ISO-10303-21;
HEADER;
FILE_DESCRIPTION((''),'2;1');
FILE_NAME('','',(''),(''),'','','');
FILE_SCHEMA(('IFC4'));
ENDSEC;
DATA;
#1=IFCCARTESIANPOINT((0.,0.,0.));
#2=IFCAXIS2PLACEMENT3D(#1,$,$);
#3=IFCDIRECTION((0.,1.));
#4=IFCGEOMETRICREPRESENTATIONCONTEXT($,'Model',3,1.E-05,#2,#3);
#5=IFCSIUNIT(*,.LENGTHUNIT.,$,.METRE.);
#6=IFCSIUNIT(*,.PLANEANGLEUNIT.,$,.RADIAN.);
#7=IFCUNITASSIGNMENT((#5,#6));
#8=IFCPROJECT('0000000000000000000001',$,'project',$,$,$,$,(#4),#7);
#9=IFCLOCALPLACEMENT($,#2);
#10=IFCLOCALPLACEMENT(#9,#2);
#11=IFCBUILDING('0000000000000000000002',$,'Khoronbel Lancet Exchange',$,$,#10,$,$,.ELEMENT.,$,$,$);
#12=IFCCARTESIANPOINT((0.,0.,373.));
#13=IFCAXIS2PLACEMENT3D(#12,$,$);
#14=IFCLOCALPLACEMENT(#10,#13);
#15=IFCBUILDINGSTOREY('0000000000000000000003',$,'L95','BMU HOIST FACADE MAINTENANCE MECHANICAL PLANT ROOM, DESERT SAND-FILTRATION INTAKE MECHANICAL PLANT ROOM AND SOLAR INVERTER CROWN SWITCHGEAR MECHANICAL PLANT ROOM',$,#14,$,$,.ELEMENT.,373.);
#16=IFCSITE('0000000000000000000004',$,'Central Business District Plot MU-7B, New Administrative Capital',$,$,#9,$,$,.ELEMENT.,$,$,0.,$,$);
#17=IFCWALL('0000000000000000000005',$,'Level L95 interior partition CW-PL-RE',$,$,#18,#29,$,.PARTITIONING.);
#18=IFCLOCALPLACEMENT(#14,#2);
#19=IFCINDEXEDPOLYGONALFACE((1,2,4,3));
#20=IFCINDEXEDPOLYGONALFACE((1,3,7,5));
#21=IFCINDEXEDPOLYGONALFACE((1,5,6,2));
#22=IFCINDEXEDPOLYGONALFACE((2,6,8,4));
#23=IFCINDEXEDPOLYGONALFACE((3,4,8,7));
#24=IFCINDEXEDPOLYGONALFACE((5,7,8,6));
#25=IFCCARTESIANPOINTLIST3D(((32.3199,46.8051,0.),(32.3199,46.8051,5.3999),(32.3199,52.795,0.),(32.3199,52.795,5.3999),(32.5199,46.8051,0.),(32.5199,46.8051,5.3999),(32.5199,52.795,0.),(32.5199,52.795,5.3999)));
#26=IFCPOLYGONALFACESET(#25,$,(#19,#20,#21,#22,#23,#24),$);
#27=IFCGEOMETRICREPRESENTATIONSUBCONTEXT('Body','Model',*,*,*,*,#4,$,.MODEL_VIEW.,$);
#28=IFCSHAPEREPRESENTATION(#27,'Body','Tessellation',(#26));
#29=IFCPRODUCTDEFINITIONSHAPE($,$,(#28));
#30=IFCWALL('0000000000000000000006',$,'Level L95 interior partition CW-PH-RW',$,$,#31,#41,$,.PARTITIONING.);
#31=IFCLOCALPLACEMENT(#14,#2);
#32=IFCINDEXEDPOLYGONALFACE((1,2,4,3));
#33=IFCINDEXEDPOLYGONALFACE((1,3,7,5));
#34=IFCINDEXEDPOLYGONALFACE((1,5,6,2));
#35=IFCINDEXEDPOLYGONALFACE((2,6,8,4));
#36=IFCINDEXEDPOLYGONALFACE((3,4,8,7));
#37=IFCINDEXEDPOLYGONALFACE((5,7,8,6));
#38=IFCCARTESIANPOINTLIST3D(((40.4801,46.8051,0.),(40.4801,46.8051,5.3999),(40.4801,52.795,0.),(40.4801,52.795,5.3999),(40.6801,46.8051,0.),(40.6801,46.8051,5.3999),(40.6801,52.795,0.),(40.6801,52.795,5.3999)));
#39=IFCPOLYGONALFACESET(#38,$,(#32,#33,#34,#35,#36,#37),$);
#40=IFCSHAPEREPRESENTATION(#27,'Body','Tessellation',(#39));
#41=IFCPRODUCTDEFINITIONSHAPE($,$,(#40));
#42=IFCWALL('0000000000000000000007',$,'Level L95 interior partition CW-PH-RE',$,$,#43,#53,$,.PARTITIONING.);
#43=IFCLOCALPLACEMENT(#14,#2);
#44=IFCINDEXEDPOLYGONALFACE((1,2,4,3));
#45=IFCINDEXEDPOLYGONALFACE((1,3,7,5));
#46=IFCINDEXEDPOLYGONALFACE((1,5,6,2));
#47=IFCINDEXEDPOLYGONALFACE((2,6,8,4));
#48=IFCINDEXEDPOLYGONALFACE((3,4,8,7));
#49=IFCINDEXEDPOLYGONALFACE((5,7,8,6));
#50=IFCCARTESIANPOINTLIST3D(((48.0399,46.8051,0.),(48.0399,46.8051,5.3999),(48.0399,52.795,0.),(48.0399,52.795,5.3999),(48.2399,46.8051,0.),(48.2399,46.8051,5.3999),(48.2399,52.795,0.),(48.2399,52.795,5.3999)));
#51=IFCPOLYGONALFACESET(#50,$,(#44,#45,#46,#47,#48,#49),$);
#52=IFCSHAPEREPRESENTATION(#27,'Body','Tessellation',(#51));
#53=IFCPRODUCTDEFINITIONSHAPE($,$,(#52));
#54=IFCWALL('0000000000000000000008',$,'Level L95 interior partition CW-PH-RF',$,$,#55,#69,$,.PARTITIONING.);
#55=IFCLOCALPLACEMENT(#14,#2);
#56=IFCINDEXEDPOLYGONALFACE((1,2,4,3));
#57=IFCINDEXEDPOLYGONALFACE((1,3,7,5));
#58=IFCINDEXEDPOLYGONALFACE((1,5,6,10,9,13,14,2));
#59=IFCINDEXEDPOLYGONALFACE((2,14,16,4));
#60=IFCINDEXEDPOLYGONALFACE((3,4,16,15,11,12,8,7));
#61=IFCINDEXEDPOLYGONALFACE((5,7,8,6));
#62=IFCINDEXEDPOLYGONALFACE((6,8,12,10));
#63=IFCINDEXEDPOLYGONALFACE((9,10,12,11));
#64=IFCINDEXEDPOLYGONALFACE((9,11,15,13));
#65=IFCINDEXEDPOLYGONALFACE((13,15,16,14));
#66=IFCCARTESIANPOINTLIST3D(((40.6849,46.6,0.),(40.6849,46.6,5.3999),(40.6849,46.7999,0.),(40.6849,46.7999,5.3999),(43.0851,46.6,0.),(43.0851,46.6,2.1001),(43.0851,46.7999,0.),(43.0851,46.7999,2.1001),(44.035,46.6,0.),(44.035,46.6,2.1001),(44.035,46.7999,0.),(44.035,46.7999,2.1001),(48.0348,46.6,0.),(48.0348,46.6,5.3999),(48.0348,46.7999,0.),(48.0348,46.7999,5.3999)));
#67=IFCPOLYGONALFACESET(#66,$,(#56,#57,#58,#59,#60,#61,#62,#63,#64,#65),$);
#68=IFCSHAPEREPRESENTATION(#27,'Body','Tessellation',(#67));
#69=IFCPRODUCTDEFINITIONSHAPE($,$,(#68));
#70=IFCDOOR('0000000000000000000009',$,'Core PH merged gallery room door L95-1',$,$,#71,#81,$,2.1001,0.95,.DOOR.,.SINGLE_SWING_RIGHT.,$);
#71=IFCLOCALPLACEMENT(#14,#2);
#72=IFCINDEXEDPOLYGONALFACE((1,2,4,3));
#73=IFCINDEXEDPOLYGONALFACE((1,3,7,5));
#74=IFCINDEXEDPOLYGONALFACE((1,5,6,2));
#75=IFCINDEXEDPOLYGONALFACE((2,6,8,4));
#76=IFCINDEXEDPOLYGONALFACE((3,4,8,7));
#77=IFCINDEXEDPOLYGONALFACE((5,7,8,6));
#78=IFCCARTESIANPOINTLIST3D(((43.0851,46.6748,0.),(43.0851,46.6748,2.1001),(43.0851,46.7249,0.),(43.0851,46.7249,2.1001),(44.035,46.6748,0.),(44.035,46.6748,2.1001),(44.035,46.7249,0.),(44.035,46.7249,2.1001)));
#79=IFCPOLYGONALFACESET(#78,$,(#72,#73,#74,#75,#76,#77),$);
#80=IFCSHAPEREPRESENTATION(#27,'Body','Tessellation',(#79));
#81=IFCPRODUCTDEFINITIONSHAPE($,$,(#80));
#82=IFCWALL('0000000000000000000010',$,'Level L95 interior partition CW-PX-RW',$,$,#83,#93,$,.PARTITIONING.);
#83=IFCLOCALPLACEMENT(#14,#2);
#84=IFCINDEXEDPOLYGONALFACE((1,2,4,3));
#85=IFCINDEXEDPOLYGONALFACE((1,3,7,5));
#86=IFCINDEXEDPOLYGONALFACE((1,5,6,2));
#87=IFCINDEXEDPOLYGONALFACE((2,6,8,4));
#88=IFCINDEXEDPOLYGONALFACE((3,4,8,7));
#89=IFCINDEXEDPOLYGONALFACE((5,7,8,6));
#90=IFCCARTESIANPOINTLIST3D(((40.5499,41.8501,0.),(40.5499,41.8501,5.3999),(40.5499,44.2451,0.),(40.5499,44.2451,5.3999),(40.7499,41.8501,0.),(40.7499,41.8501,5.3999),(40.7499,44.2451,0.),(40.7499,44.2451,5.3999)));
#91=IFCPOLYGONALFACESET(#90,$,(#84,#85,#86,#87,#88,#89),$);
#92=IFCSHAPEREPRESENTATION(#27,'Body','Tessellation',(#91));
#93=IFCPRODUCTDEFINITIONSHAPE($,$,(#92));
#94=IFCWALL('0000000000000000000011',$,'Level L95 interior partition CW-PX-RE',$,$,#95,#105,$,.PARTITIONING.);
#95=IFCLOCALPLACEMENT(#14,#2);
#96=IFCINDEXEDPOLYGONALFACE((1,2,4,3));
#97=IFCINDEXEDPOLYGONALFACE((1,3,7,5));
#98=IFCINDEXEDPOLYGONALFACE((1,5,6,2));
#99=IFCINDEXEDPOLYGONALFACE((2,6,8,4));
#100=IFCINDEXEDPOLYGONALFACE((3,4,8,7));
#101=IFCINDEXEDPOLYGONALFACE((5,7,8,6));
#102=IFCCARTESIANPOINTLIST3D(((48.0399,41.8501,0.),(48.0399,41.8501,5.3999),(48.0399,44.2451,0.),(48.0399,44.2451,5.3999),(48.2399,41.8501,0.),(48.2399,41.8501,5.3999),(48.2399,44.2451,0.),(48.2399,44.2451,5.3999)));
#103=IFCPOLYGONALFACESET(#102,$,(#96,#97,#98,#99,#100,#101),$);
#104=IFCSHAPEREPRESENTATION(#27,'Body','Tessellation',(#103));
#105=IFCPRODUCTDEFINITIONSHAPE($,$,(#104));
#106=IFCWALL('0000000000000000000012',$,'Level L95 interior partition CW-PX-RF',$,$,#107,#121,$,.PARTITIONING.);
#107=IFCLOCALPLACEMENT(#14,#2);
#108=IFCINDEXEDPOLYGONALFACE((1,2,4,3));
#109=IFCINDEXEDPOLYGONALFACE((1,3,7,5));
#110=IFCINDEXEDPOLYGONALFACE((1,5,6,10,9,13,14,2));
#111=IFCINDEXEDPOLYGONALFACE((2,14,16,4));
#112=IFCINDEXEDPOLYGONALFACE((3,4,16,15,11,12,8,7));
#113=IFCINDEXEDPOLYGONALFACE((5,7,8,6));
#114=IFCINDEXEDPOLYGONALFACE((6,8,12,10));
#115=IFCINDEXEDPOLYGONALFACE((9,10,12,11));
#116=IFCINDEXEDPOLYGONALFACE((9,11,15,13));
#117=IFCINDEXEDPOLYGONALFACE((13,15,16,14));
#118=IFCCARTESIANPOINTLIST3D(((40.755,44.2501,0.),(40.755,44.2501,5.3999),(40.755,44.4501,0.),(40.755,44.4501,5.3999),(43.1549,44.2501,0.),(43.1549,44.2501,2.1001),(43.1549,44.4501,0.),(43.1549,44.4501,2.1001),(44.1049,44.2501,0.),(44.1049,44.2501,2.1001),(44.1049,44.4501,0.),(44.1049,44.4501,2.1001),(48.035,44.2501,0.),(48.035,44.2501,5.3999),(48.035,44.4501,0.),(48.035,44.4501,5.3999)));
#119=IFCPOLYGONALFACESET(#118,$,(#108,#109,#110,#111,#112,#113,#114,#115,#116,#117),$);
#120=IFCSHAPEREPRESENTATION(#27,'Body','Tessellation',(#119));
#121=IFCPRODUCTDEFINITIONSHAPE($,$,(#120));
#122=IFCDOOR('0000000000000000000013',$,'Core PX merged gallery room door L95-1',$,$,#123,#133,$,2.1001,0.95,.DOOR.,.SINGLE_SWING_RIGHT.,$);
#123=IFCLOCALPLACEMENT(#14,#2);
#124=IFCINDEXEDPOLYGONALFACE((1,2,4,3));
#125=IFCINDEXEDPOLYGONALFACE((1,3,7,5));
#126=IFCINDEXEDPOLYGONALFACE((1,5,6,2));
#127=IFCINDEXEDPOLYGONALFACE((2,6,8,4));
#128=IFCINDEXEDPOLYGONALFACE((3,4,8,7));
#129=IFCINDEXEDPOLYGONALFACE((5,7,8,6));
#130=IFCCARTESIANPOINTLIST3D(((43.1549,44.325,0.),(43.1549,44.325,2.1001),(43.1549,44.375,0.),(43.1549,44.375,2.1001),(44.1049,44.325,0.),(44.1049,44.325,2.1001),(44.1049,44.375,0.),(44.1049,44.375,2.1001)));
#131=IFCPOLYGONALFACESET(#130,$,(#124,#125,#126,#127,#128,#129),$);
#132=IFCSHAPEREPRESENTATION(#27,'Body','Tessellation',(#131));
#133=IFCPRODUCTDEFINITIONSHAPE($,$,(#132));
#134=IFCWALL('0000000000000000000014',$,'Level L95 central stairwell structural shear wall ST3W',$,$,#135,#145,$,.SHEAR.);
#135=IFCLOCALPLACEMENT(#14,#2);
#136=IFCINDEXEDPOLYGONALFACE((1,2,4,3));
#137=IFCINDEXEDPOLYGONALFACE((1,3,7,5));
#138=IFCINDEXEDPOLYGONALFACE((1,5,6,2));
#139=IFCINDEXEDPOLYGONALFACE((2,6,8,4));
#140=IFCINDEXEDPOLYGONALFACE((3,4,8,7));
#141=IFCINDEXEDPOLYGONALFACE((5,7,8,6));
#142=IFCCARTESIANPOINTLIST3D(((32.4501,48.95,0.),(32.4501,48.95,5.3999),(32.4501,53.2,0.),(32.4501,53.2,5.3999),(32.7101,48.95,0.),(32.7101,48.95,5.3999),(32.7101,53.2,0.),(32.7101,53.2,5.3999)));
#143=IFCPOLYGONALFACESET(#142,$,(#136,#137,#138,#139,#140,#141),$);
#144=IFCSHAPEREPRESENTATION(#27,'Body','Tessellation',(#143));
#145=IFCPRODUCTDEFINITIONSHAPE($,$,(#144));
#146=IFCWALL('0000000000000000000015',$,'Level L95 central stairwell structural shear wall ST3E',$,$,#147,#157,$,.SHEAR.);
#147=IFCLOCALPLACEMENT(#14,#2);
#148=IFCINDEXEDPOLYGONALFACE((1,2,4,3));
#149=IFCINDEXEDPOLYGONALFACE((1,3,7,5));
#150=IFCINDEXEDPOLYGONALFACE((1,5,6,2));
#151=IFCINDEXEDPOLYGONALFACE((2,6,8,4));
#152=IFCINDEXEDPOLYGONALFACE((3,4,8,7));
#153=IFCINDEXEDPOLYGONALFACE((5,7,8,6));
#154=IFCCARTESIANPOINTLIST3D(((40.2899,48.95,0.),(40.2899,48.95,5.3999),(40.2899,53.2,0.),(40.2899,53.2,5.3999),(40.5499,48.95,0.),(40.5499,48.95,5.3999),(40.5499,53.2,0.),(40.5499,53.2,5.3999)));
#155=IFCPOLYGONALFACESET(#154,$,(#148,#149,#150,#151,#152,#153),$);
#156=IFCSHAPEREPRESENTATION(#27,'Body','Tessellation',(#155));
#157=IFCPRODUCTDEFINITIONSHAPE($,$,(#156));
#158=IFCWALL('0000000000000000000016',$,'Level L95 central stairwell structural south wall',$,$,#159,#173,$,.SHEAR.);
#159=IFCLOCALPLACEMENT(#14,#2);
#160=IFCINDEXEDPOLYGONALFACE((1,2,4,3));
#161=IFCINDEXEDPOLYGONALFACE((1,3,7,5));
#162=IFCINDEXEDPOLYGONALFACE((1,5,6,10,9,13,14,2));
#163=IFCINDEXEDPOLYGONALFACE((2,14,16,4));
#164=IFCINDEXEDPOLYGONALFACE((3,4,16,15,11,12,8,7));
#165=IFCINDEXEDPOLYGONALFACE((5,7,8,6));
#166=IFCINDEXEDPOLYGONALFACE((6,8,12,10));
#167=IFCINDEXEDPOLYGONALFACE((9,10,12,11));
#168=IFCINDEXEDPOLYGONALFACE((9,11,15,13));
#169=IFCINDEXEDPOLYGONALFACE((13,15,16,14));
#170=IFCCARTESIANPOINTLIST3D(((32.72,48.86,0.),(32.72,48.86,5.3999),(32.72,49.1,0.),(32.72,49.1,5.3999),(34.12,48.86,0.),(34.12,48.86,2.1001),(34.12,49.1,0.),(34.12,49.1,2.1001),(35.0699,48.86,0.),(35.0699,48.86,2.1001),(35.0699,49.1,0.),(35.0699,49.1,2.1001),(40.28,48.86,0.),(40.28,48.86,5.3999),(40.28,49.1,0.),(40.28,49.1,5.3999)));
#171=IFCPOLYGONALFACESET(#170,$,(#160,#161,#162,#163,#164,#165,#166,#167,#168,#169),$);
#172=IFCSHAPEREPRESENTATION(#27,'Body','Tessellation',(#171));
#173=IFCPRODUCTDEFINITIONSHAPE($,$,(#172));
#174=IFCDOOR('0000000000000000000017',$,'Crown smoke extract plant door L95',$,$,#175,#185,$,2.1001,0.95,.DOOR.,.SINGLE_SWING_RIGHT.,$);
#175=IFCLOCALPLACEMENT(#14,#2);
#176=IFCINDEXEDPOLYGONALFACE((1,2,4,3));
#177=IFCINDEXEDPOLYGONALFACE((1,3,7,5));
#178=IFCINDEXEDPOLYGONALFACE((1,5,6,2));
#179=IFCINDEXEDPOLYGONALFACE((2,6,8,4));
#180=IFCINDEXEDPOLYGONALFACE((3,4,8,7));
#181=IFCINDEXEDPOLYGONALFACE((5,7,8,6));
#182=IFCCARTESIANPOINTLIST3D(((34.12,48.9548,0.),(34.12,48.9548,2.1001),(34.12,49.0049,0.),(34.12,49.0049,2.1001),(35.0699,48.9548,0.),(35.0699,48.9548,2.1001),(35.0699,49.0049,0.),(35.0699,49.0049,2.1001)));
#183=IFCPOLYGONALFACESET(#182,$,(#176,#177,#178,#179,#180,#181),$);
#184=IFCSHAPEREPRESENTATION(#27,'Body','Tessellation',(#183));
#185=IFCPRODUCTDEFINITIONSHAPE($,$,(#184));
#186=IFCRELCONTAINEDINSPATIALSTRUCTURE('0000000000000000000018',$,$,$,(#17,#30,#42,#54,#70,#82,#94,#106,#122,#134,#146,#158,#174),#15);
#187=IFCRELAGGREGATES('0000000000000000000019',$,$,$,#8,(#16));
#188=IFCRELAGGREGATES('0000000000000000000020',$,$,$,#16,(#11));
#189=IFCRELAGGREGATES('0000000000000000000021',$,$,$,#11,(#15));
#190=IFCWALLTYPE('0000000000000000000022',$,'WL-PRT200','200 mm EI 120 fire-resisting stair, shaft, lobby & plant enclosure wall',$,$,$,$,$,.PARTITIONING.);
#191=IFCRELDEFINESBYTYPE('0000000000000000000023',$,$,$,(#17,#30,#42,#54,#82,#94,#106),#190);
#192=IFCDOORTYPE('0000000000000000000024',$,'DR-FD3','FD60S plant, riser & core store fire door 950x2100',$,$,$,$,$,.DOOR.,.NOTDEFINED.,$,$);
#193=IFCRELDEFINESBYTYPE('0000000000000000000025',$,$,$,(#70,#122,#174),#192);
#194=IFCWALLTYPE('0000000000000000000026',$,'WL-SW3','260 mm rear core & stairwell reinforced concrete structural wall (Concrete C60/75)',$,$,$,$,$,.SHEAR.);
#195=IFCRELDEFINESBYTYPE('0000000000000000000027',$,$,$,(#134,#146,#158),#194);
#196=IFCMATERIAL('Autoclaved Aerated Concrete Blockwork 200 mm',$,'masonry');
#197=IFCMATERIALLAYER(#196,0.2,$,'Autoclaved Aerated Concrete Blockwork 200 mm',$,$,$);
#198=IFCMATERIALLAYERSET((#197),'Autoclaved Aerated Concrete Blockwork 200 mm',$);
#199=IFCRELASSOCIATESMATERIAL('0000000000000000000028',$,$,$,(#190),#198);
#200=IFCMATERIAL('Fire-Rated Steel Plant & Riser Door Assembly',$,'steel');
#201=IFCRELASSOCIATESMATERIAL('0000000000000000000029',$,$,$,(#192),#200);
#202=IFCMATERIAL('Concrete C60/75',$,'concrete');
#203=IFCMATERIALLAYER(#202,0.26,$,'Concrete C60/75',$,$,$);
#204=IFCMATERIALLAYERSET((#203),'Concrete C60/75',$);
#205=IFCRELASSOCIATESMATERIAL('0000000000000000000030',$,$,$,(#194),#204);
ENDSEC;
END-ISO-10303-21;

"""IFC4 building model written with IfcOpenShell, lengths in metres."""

from ifc_helpers import new_model, si_unit, direction, frame, frame_2d, origin, place, context, subcontext, project, spatial, rectangle, extrude, material, layer, layer_set, type_object, element, fill, save


model = new_model("IFC4")

# Units and contexts
model_context = context("Model", 3, precision=1e-05, world=origin(), true_north=direction((0.0, 1.0)))
body_context = subcontext(model_context, "Body", "Model", "MODEL_VIEW")
ifc_project = project(units=[si_unit("LENGTHUNIT", "METRE"), si_unit("PLANEANGLEUNIT", "RADIAN")], contexts=[model_context])

# Site, building, storey
site_placement = place(None, origin())
site = spatial("IfcSite", under=ifc_project, at=site_placement, Name="Central Business District Plot MU-7B, New Administrative Capital", CompositionType="ELEMENT", RefElevation=0.0)
building_placement = place(site_placement, origin())
building = spatial("IfcBuilding", under=site, at=building_placement, Name="Khoronbel Lancet Exchange", CompositionType="ELEMENT")
storey_placement = place(building_placement, frame((0.0, 0.0, 373.0)))
storey = spatial("IfcBuildingStorey", under=building, at=storey_placement, Name="L95", Description="BMU HOIST FACADE MAINTENANCE MECHANICAL PLANT ROOM, DESERT SAND-FILTRATION INTAKE MECHANICAL PLANT ROOM AND SOLAR INVERTER CROWN SWITCHGEAR MECHANICAL PLANT ROOM", CompositionType="ELEMENT", Elevation=373.0)

# Walls
ifc_material_1 = material(Name="Autoclaved Aerated Concrete Blockwork 200 mm", Category="masonry")
ifc_layer_1 = layer(ifc_material_1, 0.2, Name="Autoclaved Aerated Concrete Blockwork 200 mm")
ifc_layer_set_1 = layer_set([ifc_layer_1], Name="Autoclaved Aerated Concrete Blockwork 200 mm")
wall_type_1 = type_object("IfcWallType", Name="WL-PRT200", Description="200 mm EI 120 fire-resisting stair, shaft, lobby & plant enclosure wall", PredefinedType="PARTITIONING", material=ifc_layer_set_1)
for number, where, z_axis, x_axis, name in (
    (1, (32.4199, 46.8049, 0.0), (0.0, 0.0, 1.0), (0.0, 1.0, 0.0), "Level L95 interior partition CW-PL-RE"),
    (2, (40.5801, 46.8049, 0.0), (0.0, 0.0, 1.0), (0.0, 1.0, 0.0), "Level L95 interior partition CW-PH-RW"),
    (3, (48.1399, 46.8049, 0.0), (0.0, 0.0, 1.0), (0.0, 1.0, 0.0), "Level L95 interior partition CW-PH-RE"),
):
    element("IfcWall", number, at=place(storey_placement, frame(where, z_axis=z_axis, x_axis=x_axis)), inside=storey, type_object=wall_type_1, Name=name, PredefinedType="PARTITIONING", context=body_context, shape_type="SweptSolid", body=[
        extrude(rectangle(XDim=5.99, YDim=0.2, at=frame_2d((2.9951, 0.0))), origin(), (0.0, 0.0, 1.0), 5.3999),
    ])

# Wall, opening, door
wall_1_placement = place(storey_placement, frame((40.6851, 46.7, 0.0), z_axis=(0.0, 0.0, 1.0), x_axis=(1.0, 0.0, 0.0)))
wall_1 = element("IfcWall", 4, at=wall_1_placement, inside=storey, type_object=wall_type_1, Name="Level L95 interior partition CW-PH-RF", PredefinedType="PARTITIONING", context=body_context, shape_type="SweptSolid", body=[
    extrude(rectangle(XDim=7.3499, YDim=0.2, at=frame_2d((3.6748, 0.0))), origin(), (0.0, 0.0, 1.0), 5.3999),
])
opening_1_placement = place(wall_1_placement, frame((2.3999, 0.0, 0.0)))
opening_1 = element("IfcOpeningElement", 5, at=opening_1_placement, cuts=wall_1, PredefinedType="OPENING", context=body_context, shape_type="SweptSolid", body=[
    extrude(rectangle(XDim=0.95, YDim=2.1001, at=frame_2d((0.4751, 1.05))), frame((0.0, 0.1099, 0.0), z_axis=(0.0, -1.0, 0.0), x_axis=(1.0, 0.0, 0.0)), (0.0, 0.0, 1.0), 0.22),
])
ifc_material_2 = material(Name="Fire-Rated Steel Plant & Riser Door Assembly", Category="steel")
door_type_1 = type_object("IfcDoorType", Name="DR-FD3", Description="FD60S plant, riser & core store fire door 950x2100", OperationType="NOTDEFINED", PredefinedType="DOOR", material=ifc_material_2)
door_1_placement = place(opening_1_placement, origin())
door_1 = element("IfcDoor", 6, at=door_1_placement, inside=storey, type_object=door_type_1, Name="Core PH merged gallery room door L95-1", OperationType="SINGLE_SWING_RIGHT", OverallHeight=2.1001, OverallWidth=0.95, PredefinedType="DOOR", context=body_context, shape_type="SweptSolid", body=[
    extrude(rectangle(XDim=0.95, YDim=2.1001, at=frame_2d((0.4751, 1.05))), frame((0.0, 0.0249, 0.0), z_axis=(0.0, -1.0, 0.0), x_axis=(1.0, 0.0, 0.0)), (0.0, 0.0, 1.0), 0.05),
])
fill(opening_1, door_1)

# Walls
for number, where, z_axis, x_axis, name in (
    (7, (40.6499, 41.8501, 0.0), (0.0, 0.0, 1.0), (0.0, 1.0, 0.0), "Level L95 interior partition CW-PX-RW"),
    (8, (48.1399, 41.8501, 0.0), (0.0, 0.0, 1.0), (0.0, 1.0, 0.0), "Level L95 interior partition CW-PX-RE"),
):
    element("IfcWall", number, at=place(storey_placement, frame(where, z_axis=z_axis, x_axis=x_axis)), inside=storey, type_object=wall_type_1, Name=name, PredefinedType="PARTITIONING", context=body_context, shape_type="SweptSolid", body=[
        extrude(rectangle(XDim=2.395, YDim=0.2, at=frame_2d((1.1975, 0.0))), origin(), (0.0, 0.0, 1.0), 5.3999),
    ])

# Wall, opening, door
wall_2_placement = place(storey_placement, frame((40.7549, 44.3501, 0.0), z_axis=(0.0, 0.0, 1.0), x_axis=(1.0, 0.0, 0.0)))
wall_2 = element("IfcWall", 9, at=wall_2_placement, inside=storey, type_object=wall_type_1, Name="Level L95 interior partition CW-PX-RF", PredefinedType="PARTITIONING", context=body_context, shape_type="SweptSolid", body=[
    extrude(rectangle(XDim=7.28, YDim=0.2, at=frame_2d((3.6401, 0.0))), origin(), (0.0, 0.0, 1.0), 5.3999),
])
opening_2_placement = place(wall_2_placement, frame((2.3999, 0.0, 0.0)))
opening_2 = element("IfcOpeningElement", 10, at=opening_2_placement, cuts=wall_2, PredefinedType="OPENING", context=body_context, shape_type="SweptSolid", body=[
    extrude(rectangle(XDim=0.95, YDim=2.1001, at=frame_2d((0.4751, 1.05))), frame((0.0, 0.1099, 0.0), z_axis=(0.0, -1.0, 0.0), x_axis=(1.0, 0.0, 0.0)), (0.0, 0.0, 1.0), 0.22),
])
door_2_placement = place(opening_2_placement, origin())
door_2 = element("IfcDoor", 11, at=door_2_placement, inside=storey, type_object=door_type_1, Name="Core PX merged gallery room door L95-1", OperationType="SINGLE_SWING_RIGHT", OverallHeight=2.1001, OverallWidth=0.95, PredefinedType="DOOR", context=body_context, shape_type="SweptSolid", body=[
    extrude(rectangle(XDim=0.95, YDim=2.1001, at=frame_2d((0.4751, 1.05))), frame((0.0, 0.0249, 0.0), z_axis=(0.0, -1.0, 0.0), x_axis=(1.0, 0.0, 0.0)), (0.0, 0.0, 1.0), 0.05),
])
fill(opening_2, door_2)

# Walls
ifc_material_3 = material(Name="Concrete C60/75", Category="concrete")
ifc_layer_2 = layer(ifc_material_3, 0.26, Name="Concrete C60/75")
ifc_layer_set_2 = layer_set([ifc_layer_2], Name="Concrete C60/75")
wall_type_2 = type_object("IfcWallType", Name="WL-SW3", Description="260 mm rear core & stairwell reinforced concrete structural wall (Concrete C60/75)", PredefinedType="SHEAR", material=ifc_layer_set_2)
for number, where, z_axis, x_axis, name in (
    (12, (32.5801, 48.95, 0.0), (0.0, 0.0, 1.0), (0.0, 1.0, 0.0), "Level L95 central stairwell structural shear wall ST3W"),
    (13, (40.4199, 48.95, 0.0), (0.0, 0.0, 1.0), (0.0, 1.0, 0.0), "Level L95 central stairwell structural shear wall ST3E"),
):
    element("IfcWall", number, at=place(storey_placement, frame(where, z_axis=z_axis, x_axis=x_axis)), inside=storey, type_object=wall_type_2, Name=name, PredefinedType="SHEAR", context=body_context, shape_type="SweptSolid", body=[
        extrude(rectangle(XDim=4.25, YDim=0.26, at=frame_2d((2.125, 0.0))), origin(), (0.0, 0.0, 1.0), 5.3999),
    ])

# Wall, opening, door
wall_3_placement = place(storey_placement, frame((32.72, 48.98, 0.0), z_axis=(0.0, 0.0, 1.0), x_axis=(1.0, 0.0, 0.0)))
wall_3 = element("IfcWall", 14, at=wall_3_placement, inside=storey, type_object=wall_type_2, Name="Level L95 central stairwell structural south wall", PredefinedType="SHEAR", context=body_context, shape_type="SweptSolid", body=[
    extrude(rectangle(XDim=7.5601, YDim=0.24, at=frame_2d((3.78, 0.0))), origin(), (0.0, 0.0, 1.0), 5.3999),
])
opening_3_placement = place(wall_3_placement, frame((1.3999, 0.0, 0.0)))
opening_3 = element("IfcOpeningElement", 15, at=opening_3_placement, cuts=wall_3, PredefinedType="OPENING", context=body_context, shape_type="SweptSolid", body=[
    extrude(rectangle(XDim=0.95, YDim=2.1001, at=frame_2d((0.4751, 1.05))), frame((0.0, 0.1299, 0.0), z_axis=(0.0, -1.0, 0.0), x_axis=(1.0, 0.0, 0.0)), (0.0, 0.0, 1.0), 0.26),
])
door_3_placement = place(opening_3_placement, origin())
door_3 = element("IfcDoor", 16, at=door_3_placement, inside=storey, type_object=door_type_1, Name="Crown smoke extract plant door L95", OperationType="SINGLE_SWING_RIGHT", OverallHeight=2.1001, OverallWidth=0.95, PredefinedType="DOOR", context=body_context, shape_type="SweptSolid", body=[
    extrude(rectangle(XDim=0.95, YDim=2.1001, at=frame_2d((0.4751, 1.05))), frame((0.0, 0.0249, 0.0), z_axis=(0.0, -1.0, 0.0), x_axis=(1.0, 0.0, 0.0)), (0.0, 0.0, 1.0), 0.05),
])
fill(opening_3, door_3)

save(model, "model.ifc")
